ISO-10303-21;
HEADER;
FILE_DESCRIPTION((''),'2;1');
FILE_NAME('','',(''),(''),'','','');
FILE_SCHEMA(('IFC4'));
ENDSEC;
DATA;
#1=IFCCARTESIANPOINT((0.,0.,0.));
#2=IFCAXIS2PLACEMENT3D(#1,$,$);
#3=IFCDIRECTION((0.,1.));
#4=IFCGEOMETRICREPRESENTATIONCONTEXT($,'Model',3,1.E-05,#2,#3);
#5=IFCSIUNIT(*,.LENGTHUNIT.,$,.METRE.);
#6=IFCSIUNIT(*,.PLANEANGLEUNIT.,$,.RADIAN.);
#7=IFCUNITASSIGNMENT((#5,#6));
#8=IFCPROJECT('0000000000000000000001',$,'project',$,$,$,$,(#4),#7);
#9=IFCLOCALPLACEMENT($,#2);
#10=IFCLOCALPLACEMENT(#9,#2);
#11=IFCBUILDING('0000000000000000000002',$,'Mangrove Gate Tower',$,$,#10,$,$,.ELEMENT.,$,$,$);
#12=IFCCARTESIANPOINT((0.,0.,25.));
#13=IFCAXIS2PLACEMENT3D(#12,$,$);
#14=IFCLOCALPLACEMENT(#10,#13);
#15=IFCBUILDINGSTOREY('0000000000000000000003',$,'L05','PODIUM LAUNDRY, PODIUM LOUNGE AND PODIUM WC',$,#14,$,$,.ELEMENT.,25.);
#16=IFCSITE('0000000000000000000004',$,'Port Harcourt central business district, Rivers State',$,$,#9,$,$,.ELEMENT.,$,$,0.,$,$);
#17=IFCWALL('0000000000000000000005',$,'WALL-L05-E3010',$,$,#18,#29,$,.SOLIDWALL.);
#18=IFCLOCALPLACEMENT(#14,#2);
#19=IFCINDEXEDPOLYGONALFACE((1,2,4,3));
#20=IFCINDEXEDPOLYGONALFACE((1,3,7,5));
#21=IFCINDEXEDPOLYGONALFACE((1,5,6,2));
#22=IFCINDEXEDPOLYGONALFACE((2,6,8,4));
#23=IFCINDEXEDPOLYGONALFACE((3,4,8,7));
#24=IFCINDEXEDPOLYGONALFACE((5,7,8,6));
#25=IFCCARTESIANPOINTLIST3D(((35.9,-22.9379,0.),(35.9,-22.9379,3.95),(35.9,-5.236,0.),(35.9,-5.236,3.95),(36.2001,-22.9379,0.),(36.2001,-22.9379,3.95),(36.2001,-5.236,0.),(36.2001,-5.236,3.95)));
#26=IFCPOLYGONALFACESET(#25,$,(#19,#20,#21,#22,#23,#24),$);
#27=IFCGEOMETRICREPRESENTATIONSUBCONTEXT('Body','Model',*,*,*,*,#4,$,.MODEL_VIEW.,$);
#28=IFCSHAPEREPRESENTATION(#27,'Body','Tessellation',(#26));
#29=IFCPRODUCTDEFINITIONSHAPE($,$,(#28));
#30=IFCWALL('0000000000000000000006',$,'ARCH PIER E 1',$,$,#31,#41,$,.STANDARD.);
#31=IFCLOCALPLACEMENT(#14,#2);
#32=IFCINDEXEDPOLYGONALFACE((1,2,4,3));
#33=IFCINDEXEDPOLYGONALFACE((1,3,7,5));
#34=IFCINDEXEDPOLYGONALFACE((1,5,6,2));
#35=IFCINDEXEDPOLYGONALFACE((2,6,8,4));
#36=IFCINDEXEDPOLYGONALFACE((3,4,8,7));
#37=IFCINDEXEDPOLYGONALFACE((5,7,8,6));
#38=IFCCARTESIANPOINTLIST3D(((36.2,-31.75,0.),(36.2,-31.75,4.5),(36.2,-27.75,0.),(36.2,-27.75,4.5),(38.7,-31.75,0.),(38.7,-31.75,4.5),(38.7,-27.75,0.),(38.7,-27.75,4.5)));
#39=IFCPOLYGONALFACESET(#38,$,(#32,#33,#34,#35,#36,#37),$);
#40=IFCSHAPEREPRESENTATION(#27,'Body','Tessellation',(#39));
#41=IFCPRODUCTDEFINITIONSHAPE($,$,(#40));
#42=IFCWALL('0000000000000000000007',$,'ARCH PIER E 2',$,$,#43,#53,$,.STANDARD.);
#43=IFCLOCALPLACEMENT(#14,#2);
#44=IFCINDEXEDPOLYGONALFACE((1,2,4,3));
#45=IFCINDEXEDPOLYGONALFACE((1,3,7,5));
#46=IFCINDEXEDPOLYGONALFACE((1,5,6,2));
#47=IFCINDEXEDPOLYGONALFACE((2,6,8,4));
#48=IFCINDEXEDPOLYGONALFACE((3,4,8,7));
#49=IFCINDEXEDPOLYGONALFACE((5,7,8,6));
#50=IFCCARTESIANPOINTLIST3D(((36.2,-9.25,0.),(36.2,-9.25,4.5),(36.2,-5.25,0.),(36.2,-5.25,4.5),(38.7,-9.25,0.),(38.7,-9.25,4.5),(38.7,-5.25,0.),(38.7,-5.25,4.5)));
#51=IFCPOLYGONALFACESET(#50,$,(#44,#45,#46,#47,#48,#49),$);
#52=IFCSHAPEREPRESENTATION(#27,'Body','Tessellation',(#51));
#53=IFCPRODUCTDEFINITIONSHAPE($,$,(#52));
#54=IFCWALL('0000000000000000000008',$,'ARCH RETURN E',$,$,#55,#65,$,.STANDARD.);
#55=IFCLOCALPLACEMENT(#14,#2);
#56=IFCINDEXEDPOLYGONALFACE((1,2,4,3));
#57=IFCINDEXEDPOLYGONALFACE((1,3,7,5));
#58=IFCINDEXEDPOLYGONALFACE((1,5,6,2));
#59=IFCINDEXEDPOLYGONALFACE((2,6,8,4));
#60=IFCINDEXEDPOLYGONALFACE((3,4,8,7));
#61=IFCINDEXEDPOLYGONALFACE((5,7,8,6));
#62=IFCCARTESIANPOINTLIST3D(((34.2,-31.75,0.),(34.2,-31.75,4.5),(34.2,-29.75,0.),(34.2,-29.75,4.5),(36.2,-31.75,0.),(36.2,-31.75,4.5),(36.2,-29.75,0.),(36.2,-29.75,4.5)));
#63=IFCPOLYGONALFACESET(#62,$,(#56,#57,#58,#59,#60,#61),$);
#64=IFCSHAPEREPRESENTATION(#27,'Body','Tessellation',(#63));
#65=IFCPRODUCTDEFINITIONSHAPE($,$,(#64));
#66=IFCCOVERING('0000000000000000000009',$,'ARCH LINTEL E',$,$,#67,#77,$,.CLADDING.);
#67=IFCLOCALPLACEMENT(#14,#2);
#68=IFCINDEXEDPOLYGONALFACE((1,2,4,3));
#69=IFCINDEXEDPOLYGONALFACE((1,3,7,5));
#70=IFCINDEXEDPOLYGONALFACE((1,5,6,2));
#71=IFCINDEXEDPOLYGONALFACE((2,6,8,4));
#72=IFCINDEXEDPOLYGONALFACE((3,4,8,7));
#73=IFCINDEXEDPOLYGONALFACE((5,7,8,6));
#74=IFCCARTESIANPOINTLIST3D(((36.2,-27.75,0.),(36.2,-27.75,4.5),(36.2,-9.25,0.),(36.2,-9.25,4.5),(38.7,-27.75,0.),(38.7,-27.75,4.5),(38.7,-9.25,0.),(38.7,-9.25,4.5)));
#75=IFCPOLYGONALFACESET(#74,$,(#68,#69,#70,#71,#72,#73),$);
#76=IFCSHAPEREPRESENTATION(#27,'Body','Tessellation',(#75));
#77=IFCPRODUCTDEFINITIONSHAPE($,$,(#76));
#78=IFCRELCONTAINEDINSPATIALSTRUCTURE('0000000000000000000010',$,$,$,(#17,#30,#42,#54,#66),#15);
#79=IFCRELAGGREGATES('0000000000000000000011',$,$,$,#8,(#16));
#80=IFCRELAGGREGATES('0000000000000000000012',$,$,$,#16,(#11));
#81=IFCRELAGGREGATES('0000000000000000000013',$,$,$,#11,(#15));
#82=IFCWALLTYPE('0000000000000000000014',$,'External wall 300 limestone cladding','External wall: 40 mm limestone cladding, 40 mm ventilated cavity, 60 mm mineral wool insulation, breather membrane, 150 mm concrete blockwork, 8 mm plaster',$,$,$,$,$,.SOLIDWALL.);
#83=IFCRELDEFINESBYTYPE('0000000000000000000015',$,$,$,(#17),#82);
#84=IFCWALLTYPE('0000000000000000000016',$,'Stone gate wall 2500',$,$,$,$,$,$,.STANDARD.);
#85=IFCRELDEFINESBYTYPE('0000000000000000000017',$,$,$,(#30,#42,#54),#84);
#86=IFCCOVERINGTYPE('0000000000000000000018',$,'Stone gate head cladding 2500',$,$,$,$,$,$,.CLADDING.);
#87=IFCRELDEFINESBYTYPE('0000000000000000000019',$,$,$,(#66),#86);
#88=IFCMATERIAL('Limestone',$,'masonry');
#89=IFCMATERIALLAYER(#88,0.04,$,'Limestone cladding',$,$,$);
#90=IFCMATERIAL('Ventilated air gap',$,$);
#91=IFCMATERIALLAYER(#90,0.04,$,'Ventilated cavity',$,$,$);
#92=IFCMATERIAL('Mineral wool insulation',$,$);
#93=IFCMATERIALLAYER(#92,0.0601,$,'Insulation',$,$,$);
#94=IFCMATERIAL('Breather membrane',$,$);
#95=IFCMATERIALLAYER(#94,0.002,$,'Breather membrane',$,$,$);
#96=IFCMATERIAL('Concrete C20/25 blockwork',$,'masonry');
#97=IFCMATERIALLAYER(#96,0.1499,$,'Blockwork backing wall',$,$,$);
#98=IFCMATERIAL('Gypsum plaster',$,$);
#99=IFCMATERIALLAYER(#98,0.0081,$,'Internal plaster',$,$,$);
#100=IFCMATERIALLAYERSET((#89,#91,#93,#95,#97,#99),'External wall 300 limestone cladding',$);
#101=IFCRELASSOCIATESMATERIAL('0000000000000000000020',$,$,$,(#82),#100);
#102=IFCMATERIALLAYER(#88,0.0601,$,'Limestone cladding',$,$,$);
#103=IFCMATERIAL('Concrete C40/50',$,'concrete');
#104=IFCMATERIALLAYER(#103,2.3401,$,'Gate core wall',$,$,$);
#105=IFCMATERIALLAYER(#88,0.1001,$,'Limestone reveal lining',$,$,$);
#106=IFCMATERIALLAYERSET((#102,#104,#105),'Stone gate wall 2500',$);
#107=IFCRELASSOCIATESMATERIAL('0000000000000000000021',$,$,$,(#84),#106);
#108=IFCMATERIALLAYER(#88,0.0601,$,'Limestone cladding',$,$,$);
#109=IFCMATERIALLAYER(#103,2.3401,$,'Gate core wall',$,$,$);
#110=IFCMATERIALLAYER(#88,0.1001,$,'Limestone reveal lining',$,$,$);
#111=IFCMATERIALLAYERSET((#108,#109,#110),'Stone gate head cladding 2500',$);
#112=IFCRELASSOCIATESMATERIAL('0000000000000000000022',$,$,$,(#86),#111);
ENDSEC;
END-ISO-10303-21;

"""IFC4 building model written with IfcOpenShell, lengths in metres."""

from ifc_helpers import new_model, si_unit, direction, frame, frame_2d, origin, place, context, subcontext, project, spatial, rectangle, extrude, material, layer, layer_set, type_object, element, save


model = new_model("IFC4")

# Units and contexts
model_context = context("Model", 3, precision=1e-05, world=origin(), true_north=direction((0.0, 1.0)))
body_context = subcontext(model_context, "Body", "Model", "MODEL_VIEW")
ifc_project = project(units=[si_unit("LENGTHUNIT", "METRE"), si_unit("PLANEANGLEUNIT", "RADIAN")], contexts=[model_context])

# Site, building, storey
site_placement = place(None, origin())
site = spatial("IfcSite", under=ifc_project, at=site_placement, Name="Port Harcourt central business district, Rivers State", CompositionType="ELEMENT", RefElevation=0.0)
building_placement = place(site_placement, origin())
building = spatial("IfcBuilding", under=site, at=building_placement, Name="Mangrove Gate Tower", CompositionType="ELEMENT")
storey_placement = place(building_placement, frame((0.0, 0.0, 25.0)))
storey = spatial("IfcBuildingStorey", under=building, at=storey_placement, Name="L05", Description="PODIUM LAUNDRY, PODIUM LOUNGE AND PODIUM WC", CompositionType="ELEMENT", Elevation=25.0)

# Shared definitions
ifc_material_1 = material(Name="Limestone", Category="masonry")
ifc_layer_1 = layer(ifc_material_1, 0.04, Name="Limestone cladding")
ifc_material_2 = material(Name="Ventilated air gap")
ifc_layer_2 = layer(ifc_material_2, 0.04, Name="Ventilated cavity")
ifc_material_3 = material(Name="Mineral wool insulation")
ifc_layer_3 = layer(ifc_material_3, 0.0601, Name="Insulation")
ifc_material_4 = material(Name="Breather membrane")
ifc_layer_4 = layer(ifc_material_4, 0.002, Name="Breather membrane")
ifc_material_5 = material(Name="Concrete C20/25 blockwork", Category="masonry")
ifc_layer_5 = layer(ifc_material_5, 0.1499, Name="Blockwork backing wall")
ifc_material_6 = material(Name="Gypsum plaster")
ifc_layer_6 = layer(ifc_material_6, 0.0081, Name="Internal plaster")
ifc_layer_set_1 = layer_set([ifc_layer_1, ifc_layer_2, ifc_layer_3, ifc_layer_4, ifc_layer_5, ifc_layer_6], Name="External wall 300 limestone cladding")
wall_type_1 = type_object("IfcWallType", Name="External wall 300 limestone cladding", Description="External wall: 40 mm limestone cladding, 40 mm ventilated cavity, 60 mm mineral wool insulation, breather membrane, 150 mm concrete blockwork, 8 mm plaster", PredefinedType="SOLIDWALL", material=ifc_layer_set_1)

# Walls
wall_1_placement = place(storey_placement, frame((36.05, -22.938, 0.0), z_axis=(0.0, 0.0, 1.0), x_axis=(0.0, 1.0, 0.0)))
element("IfcWall", 1, at=wall_1_placement, inside=storey, type_object=wall_type_1, Name="WALL-L05-E3010", PredefinedType="SOLIDWALL", context=body_context, shape_type="SweptSolid", body=[
    extrude(rectangle(XDim=17.7019, YDim=0.3, at=frame_2d((8.8511, 0.0))), origin(), (0.0, 0.0, 1.0), 3.95),
])
ifc_layer_7 = layer(ifc_material_1, 0.0601, Name="Limestone cladding")
ifc_material_7 = material(Name="Concrete C40/50", Category="concrete")
ifc_layer_8 = layer(ifc_material_7, 2.3401, Name="Gate core wall")
ifc_layer_9 = layer(ifc_material_1, 0.1001, Name="Limestone reveal lining")
ifc_layer_set_2 = layer_set([ifc_layer_7, ifc_layer_8, ifc_layer_9], Name="Stone gate wall 2500")
wall_type_2 = type_object("IfcWallType", Name="Stone gate wall 2500", PredefinedType="STANDARD", material=ifc_layer_set_2)
for number, where, z_axis, x_axis, name in (
    (2, (37.45, -31.75, 0.0), (0.0, 0.0, 1.0), (0.0, 1.0, 0.0), "ARCH PIER E 1"),
    (3, (37.45, -9.25, 0.0), (0.0, 0.0, 1.0), (0.0, 1.0, 0.0), "ARCH PIER E 2"),
):
    element("IfcWall", number, at=place(storey_placement, frame(where, z_axis=z_axis, x_axis=x_axis)), inside=storey, type_object=wall_type_2, Name=name, PredefinedType="STANDARD", context=body_context, shape_type="SweptSolid", body=[
        extrude(rectangle(XDim=4.0, YDim=2.5, at=frame_2d((2.0, 0.0))), origin(), (0.0, 0.0, 1.0), 4.5),
    ])
wall_2_placement = place(storey_placement, frame((34.2, -30.75, 0.0), z_axis=(0.0, 0.0, 1.0), x_axis=(1.0, 0.0, 0.0)))
element("IfcWall", 4, at=wall_2_placement, inside=storey, type_object=wall_type_2, Name="ARCH RETURN E", PredefinedType="STANDARD", context=body_context, shape_type="SweptSolid", body=[
    extrude(rectangle(XDim=2.0, YDim=2.0, at=frame_2d((1.0, 0.0))), origin(), (0.0, 0.0, 1.0), 4.5),
])

# Covering
ifc_layer_10 = layer(ifc_material_1, 0.0601, Name="Limestone cladding")
ifc_layer_11 = layer(ifc_material_7, 2.3401, Name="Gate core wall")
ifc_layer_12 = layer(ifc_material_1, 0.1001, Name="Limestone reveal lining")
ifc_layer_set_3 = layer_set([ifc_layer_10, ifc_layer_11, ifc_layer_12], Name="Stone gate head cladding 2500")
covering_type = type_object("IfcCoveringType", Name="Stone gate head cladding 2500", PredefinedType="CLADDING", material=ifc_layer_set_3)
covering_placement = place(storey_placement, frame((37.45, -27.75, 0.0), z_axis=(0.0, 0.0, 1.0), x_axis=(0.0, 1.0, 0.0)))
element("IfcCovering", 5, at=covering_placement, inside=storey, type_object=covering_type, Name="ARCH LINTEL E", PredefinedType="CLADDING", context=body_context, shape_type="SweptSolid", body=[
    extrude(rectangle(XDim=18.5, YDim=2.5, at=frame_2d((9.25, 0.0))), origin(), (0.0, 0.0, 1.0), 4.5),
])

save(model, "model.ifc")
